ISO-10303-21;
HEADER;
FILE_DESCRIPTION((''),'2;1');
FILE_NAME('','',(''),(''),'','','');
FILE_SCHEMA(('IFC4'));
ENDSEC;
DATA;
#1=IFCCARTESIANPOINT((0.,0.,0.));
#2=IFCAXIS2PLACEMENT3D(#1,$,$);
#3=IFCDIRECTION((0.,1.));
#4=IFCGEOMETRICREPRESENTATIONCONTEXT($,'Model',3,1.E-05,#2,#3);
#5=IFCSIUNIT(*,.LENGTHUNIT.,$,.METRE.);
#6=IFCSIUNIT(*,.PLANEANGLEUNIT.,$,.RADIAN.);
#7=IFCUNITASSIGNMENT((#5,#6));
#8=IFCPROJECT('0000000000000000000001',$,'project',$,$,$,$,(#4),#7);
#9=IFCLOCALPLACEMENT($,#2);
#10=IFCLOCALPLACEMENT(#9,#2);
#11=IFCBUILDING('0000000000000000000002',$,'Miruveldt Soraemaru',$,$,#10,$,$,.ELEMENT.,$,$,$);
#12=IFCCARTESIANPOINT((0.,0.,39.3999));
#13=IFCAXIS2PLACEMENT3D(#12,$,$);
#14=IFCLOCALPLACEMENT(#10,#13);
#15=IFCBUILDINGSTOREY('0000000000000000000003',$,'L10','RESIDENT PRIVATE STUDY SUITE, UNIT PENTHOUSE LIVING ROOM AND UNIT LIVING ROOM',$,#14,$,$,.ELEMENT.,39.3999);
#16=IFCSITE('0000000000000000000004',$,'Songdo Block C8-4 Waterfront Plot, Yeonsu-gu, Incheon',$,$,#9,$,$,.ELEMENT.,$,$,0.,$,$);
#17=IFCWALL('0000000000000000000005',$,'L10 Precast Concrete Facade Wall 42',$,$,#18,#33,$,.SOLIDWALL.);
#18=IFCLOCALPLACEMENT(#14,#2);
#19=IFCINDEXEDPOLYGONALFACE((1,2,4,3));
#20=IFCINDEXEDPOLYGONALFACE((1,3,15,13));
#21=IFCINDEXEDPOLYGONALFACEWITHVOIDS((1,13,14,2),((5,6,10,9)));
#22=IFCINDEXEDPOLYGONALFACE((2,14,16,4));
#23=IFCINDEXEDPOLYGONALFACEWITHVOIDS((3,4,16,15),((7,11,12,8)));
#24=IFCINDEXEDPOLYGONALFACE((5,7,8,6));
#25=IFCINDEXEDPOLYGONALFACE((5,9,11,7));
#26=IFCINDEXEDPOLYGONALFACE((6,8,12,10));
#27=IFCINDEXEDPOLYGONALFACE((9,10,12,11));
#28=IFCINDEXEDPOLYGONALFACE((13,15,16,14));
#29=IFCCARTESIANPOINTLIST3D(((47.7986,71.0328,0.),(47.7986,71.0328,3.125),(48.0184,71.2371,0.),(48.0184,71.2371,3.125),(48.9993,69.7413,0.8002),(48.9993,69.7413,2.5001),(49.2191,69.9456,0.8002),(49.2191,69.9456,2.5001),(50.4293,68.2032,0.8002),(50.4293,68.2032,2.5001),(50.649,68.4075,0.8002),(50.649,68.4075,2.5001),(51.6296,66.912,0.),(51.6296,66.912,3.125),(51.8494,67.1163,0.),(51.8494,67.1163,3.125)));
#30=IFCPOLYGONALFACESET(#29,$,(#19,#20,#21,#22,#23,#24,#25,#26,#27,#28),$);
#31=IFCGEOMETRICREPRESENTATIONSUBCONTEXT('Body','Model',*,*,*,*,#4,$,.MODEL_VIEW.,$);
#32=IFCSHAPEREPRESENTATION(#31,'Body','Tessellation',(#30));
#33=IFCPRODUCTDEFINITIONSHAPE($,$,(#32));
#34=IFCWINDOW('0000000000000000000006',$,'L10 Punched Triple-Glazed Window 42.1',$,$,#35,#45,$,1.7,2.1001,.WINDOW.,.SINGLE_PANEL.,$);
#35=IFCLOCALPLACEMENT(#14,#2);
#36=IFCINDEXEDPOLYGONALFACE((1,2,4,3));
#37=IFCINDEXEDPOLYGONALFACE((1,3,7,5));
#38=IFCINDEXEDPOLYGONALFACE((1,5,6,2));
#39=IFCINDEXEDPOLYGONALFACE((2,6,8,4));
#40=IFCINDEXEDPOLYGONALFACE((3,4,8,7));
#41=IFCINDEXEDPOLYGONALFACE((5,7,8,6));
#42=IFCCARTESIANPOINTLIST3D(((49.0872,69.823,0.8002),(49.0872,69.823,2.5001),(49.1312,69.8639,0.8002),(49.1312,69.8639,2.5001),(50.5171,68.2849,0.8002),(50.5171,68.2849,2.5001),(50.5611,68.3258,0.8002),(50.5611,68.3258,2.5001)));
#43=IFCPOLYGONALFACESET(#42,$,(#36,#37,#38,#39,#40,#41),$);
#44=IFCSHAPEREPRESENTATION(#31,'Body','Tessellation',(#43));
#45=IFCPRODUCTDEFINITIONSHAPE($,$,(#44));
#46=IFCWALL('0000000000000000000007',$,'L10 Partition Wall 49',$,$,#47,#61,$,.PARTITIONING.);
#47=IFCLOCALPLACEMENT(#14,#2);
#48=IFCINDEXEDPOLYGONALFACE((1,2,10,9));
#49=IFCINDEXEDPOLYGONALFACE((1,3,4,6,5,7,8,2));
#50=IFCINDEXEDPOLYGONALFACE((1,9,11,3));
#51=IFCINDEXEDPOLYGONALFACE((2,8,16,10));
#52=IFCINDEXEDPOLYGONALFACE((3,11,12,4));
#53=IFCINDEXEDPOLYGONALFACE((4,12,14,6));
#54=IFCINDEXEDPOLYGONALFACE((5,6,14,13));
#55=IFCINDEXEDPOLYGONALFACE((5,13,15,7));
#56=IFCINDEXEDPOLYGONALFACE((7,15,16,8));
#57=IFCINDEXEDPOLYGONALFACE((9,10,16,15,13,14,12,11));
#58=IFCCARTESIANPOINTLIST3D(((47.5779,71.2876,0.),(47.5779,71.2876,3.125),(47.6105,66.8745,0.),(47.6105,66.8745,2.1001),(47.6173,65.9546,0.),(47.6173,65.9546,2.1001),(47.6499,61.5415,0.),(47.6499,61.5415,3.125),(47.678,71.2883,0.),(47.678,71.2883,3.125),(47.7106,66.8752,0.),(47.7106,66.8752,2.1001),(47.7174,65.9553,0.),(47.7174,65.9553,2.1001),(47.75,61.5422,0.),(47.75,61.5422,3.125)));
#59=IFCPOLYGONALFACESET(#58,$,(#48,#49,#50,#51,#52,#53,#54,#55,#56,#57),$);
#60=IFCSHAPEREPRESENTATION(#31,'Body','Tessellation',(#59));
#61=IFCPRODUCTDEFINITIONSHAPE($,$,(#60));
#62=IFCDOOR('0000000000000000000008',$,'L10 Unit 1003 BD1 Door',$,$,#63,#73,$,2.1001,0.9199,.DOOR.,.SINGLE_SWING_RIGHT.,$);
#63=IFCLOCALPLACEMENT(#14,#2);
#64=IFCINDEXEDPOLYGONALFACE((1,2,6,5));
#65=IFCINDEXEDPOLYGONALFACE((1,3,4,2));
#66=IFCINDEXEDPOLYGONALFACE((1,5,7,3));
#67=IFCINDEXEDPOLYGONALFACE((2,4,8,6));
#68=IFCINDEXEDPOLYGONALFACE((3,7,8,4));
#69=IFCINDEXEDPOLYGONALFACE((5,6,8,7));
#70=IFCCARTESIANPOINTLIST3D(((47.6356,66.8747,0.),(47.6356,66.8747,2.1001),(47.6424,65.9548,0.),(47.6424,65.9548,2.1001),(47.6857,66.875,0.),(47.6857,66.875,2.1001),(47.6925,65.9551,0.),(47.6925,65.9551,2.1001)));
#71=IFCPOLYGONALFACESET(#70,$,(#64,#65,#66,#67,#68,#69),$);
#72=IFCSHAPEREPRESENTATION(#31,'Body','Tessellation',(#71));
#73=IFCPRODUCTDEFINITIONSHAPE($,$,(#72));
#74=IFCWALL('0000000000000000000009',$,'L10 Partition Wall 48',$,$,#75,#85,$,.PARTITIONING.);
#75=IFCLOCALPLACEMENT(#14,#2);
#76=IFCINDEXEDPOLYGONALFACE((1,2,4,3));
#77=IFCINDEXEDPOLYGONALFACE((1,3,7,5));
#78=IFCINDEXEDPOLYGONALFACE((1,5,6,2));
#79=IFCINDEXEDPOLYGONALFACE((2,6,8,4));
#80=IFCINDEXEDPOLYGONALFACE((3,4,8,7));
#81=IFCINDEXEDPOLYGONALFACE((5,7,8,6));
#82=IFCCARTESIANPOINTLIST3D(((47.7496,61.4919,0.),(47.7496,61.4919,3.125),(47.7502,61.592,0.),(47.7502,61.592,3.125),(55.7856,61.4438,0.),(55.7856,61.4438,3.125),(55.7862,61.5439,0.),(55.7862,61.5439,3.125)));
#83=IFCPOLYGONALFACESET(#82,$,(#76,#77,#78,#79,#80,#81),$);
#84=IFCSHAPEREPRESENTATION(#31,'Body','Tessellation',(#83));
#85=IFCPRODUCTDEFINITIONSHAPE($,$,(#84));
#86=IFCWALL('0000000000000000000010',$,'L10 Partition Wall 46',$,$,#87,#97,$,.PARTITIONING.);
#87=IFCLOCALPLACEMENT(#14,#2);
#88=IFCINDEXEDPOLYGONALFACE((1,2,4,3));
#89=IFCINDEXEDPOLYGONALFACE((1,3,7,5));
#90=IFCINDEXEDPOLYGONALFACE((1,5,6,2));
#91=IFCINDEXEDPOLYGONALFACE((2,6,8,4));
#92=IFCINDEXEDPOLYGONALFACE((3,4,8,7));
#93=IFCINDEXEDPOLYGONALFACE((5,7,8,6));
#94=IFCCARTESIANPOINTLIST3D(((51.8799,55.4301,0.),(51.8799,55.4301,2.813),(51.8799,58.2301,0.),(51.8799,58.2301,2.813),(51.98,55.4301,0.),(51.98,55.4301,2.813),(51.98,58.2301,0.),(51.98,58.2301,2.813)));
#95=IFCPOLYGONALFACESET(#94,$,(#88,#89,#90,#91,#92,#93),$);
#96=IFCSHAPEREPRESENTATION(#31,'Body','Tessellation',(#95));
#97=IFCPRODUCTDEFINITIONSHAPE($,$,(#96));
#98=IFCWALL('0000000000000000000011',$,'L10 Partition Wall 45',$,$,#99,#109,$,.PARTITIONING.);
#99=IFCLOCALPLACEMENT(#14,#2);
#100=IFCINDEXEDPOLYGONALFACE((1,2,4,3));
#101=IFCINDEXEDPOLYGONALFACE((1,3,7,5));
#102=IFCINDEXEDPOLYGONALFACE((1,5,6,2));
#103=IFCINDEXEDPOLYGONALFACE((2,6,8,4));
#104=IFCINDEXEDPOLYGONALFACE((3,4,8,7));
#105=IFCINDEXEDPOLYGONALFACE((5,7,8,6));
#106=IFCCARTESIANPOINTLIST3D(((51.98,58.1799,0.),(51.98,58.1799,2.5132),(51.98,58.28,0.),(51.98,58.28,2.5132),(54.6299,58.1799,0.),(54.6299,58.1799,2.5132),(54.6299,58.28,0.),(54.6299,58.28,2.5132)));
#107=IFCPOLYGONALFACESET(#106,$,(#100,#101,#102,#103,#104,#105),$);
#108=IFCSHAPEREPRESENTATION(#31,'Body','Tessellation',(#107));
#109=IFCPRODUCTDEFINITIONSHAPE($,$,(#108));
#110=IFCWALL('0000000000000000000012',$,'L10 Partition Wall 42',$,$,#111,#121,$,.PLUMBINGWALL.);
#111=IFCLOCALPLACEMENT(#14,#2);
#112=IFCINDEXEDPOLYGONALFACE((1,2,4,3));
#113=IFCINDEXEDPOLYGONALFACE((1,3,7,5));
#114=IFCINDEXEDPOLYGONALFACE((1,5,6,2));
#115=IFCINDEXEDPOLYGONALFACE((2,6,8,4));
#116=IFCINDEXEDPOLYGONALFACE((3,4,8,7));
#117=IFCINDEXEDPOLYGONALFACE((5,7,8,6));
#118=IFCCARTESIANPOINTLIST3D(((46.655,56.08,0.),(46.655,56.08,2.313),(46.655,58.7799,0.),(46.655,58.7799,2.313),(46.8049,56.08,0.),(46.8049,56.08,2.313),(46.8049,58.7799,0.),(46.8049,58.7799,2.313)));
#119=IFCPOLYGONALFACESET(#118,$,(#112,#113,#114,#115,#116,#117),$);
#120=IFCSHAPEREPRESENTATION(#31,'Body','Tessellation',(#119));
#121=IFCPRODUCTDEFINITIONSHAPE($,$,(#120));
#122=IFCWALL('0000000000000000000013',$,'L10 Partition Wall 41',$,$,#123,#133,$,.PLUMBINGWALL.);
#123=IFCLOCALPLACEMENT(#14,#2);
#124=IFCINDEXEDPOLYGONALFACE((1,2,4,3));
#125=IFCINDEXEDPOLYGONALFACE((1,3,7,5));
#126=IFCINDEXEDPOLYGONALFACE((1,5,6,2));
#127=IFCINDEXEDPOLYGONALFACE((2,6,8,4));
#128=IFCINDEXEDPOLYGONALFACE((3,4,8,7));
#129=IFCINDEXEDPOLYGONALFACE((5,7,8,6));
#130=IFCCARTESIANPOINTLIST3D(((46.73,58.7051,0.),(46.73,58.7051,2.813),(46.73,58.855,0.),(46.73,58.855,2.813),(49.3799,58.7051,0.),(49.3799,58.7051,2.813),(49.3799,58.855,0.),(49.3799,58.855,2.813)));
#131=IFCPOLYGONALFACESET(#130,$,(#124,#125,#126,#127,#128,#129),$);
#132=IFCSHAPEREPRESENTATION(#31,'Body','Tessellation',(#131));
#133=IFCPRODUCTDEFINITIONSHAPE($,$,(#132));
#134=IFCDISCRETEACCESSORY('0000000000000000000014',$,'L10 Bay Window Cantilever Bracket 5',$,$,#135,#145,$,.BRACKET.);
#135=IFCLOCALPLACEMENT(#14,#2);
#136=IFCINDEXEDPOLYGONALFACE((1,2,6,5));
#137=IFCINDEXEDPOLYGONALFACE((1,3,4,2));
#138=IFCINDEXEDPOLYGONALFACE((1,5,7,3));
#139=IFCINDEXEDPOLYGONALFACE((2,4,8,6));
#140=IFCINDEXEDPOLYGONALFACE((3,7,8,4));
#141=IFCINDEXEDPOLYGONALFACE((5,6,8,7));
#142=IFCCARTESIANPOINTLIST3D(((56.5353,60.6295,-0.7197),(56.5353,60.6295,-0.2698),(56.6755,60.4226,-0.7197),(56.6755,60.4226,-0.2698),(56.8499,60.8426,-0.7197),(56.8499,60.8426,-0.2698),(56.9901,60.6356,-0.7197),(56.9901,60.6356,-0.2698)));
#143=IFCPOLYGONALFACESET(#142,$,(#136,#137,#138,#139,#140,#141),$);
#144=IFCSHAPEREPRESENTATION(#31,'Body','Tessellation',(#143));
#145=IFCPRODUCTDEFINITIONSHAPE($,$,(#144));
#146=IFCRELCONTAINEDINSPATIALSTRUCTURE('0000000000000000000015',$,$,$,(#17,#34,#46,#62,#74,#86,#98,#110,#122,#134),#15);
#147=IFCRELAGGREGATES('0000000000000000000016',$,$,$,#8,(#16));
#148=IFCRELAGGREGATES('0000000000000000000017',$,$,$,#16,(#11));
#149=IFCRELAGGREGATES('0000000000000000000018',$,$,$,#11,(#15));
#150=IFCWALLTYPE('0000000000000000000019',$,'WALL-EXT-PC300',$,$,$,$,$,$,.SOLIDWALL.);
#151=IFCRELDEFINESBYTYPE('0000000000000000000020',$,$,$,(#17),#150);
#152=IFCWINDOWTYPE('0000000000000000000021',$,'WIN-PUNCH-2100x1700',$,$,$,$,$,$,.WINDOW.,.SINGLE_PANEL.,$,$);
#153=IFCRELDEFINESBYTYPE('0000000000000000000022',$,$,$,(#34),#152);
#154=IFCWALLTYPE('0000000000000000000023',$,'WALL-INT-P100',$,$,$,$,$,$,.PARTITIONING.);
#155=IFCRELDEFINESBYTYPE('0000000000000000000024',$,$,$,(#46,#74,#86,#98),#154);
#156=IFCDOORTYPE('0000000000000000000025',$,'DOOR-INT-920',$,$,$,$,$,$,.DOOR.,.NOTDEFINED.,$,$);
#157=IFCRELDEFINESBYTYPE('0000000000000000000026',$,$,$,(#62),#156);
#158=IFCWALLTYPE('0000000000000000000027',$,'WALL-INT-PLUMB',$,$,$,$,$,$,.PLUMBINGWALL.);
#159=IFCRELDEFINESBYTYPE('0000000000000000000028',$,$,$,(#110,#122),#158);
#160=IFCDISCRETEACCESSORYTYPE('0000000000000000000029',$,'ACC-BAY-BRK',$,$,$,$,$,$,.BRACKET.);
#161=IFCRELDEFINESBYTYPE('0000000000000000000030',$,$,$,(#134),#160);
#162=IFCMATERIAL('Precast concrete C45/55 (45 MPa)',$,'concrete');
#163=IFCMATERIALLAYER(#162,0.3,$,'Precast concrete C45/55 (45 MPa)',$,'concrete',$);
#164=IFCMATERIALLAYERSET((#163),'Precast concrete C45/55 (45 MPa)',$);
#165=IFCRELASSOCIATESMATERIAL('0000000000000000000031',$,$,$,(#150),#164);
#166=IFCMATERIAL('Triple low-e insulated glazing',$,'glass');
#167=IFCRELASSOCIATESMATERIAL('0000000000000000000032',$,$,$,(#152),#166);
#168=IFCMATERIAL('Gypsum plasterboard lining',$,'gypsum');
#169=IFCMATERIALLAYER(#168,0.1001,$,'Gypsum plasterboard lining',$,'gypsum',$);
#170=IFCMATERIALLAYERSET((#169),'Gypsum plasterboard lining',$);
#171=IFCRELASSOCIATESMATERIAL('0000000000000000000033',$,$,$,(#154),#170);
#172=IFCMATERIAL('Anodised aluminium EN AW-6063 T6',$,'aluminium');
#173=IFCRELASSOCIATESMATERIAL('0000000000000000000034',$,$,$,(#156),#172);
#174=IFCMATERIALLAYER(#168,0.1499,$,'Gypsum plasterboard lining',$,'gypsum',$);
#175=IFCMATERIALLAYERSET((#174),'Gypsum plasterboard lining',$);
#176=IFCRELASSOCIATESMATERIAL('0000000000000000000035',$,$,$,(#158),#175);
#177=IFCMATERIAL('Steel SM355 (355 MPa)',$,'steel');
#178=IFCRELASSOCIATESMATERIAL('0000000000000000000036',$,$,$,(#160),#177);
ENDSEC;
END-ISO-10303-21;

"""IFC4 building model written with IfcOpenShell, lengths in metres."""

from ifc_helpers import new_model, si_unit, direction, frame, frame_2d, origin, origin_2d, place, context, subcontext, project, spatial, rectangle, extrude, material, layer, layer_set, type_object, element, fill, save


model = new_model("IFC4")

# Units and contexts
model_context = context("Model", 3, precision=1e-05, world=origin(), true_north=direction((0.0, 1.0)))
body_context = subcontext(model_context, "Body", "Model", "MODEL_VIEW")
ifc_project = project(units=[si_unit("LENGTHUNIT", "METRE"), si_unit("PLANEANGLEUNIT", "RADIAN")], contexts=[model_context])

# Site, building, storey
site_placement = place(None, origin())
site = spatial("IfcSite", under=ifc_project, at=site_placement, Name="Songdo Block C8-4 Waterfront Plot, Yeonsu-gu, Incheon", CompositionType="ELEMENT", RefElevation=0.0)
building_placement = place(site_placement, origin())
building = spatial("IfcBuilding", under=site, at=building_placement, Name="Miruveldt Soraemaru", CompositionType="ELEMENT")
storey_placement = place(building_placement, frame((0.0, 0.0, 39.3999)))
storey = spatial("IfcBuildingStorey", under=building, at=storey_placement, Name="L10", Description="RESIDENT PRIVATE STUDY SUITE, UNIT PENTHOUSE LIVING ROOM AND UNIT LIVING ROOM", CompositionType="ELEMENT", Elevation=39.3999)

# Shared definitions
ifc_material_1 = material(Name="Steel SM355 (355 MPa)", Category="steel")

# Shared definitions
ifc_material_2 = material(Name="Triple low-e insulated glazing", Category="glass")
ifc_material_3 = material(Name="Precast concrete C45/55 (45 MPa)", Category="concrete")
ifc_layer_1 = layer(ifc_material_3, 0.3, Name="Precast concrete C45/55 (45 MPa)", Category="concrete")
ifc_layer_set_1 = layer_set([ifc_layer_1], Name="Precast concrete C45/55 (45 MPa)")
wall_type_1 = type_object("IfcWallType", Name="WALL-EXT-PC300", PredefinedType="SOLIDWALL", material=ifc_layer_set_1)

# Wall, opening, window
window_type_1 = type_object("IfcWindowType", Name="WIN-PUNCH-2100x1700", PartitioningType="SINGLE_PANEL", PredefinedType="WINDOW", material=ifc_material_2)
wall_1_placement = place(storey_placement, frame((51.7395, 67.0142, 0.0), z_axis=(0.0, 0.0, 1.0), x_axis=(-0.680885, 0.73239, 0.0)))
wall_1 = element("IfcWall", 1, at=wall_1_placement, inside=storey, type_object=wall_type_1, Name="L10 Precast Concrete Facade Wall 42", PredefinedType="SOLIDWALL", context=body_context, shape_type="SweptSolid", body=[
    extrude(rectangle(XDim=5.6265, YDim=0.3, at=frame_2d((2.8132, 0.0))), origin(), (0.0, 0.0, 1.0), 3.125),
])
opening_1_placement = place(wall_1_placement, frame((1.7629, 0.0, 0.8)))
opening_1 = element("IfcOpeningElement", 2, at=opening_1_placement, cuts=wall_1, PredefinedType="OPENING", context=body_context, shape_type="SweptSolid", body=[
    extrude(rectangle(XDim=2.1001, YDim=1.7, at=frame_2d((1.05, 0.8501))), frame((0.0, 0.1602, 0.0), z_axis=(0.0, -1.0, 0.0), x_axis=(1.0, 0.0, 0.0)), (0.0, 0.0, 1.0), 0.3201),
])
window_1_placement = place(opening_1_placement, origin())
window_1 = element("IfcWindow", 3, at=window_1_placement, inside=storey, type_object=window_type_1, Name="L10 Punched Triple-Glazed Window 42.1", OverallHeight=1.7, OverallWidth=2.1001, PartitioningType="SINGLE_PANEL", PredefinedType="WINDOW", context=body_context, shape_type="SweptSolid", body=[
    extrude(rectangle(XDim=2.1001, YDim=1.7, at=frame_2d((1.05, 0.8501))), frame((0.0, 0.03, 0.0), z_axis=(0.0, -1.0, 0.0), x_axis=(1.0, 0.0, 0.0)), (0.0, 0.0, 1.0), 0.0601),
])
fill(opening_1, window_1)

# Wall, opening, door
ifc_material_4 = material(Name="Gypsum plasterboard lining", Category="gypsum")
ifc_layer_2 = layer(ifc_material_4, 0.1001, Name="Gypsum plasterboard lining", Category="gypsum")
ifc_layer_set_2 = layer_set([ifc_layer_2], Name="Gypsum plasterboard lining")
wall_type_2 = type_object("IfcWallType", Name="WALL-INT-P100", PredefinedType="PARTITIONING", material=ifc_layer_set_2)
wall_2_placement = place(storey_placement, frame((47.7, 61.542, 0.0), z_axis=(0.0, 0.0, 1.0), x_axis=(-0.00739, 0.999973, 0.0)))
wall_2 = element("IfcWall", 4, at=wall_2_placement, inside=storey, type_object=wall_type_2, Name="L10 Partition Wall 49", PredefinedType="PARTITIONING", context=body_context, shape_type="SweptSolid", body=[
    extrude(rectangle(XDim=9.7463, YDim=0.1001, at=frame_2d((4.873, 0.0))), origin(), (0.0, 0.0, 1.0), 3.125),
])
opening_2_placement = place(wall_2_placement, frame((4.4131, 0.0, 0.0)))
opening_2 = element("IfcOpeningElement", 5, at=opening_2_placement, cuts=wall_2, PredefinedType="OPENING", context=body_context, shape_type="SweptSolid", body=[
    extrude(rectangle(XDim=0.9199, YDim=2.1001, at=frame_2d((0.46, 1.05))), frame((0.0, 0.0601, 0.0), z_axis=(0.0, -1.0, 0.0), x_axis=(1.0, 0.0, 0.0)), (0.0, 0.0, 1.0), 0.1201),
])
ifc_material_5 = material(Name="Anodised aluminium EN AW-6063 T6", Category="aluminium")
door_type = type_object("IfcDoorType", Name="DOOR-INT-920", OperationType="NOTDEFINED", PredefinedType="DOOR", material=ifc_material_5)
door_placement = place(opening_2_placement, origin())
door = element("IfcDoor", 6, at=door_placement, inside=storey, type_object=door_type, Name="L10 Unit 1003 BD1 Door", OperationType="SINGLE_SWING_RIGHT", OverallHeight=2.1001, OverallWidth=0.9199, PredefinedType="DOOR", context=body_context, shape_type="SweptSolid", body=[
    extrude(rectangle(XDim=0.9199, YDim=2.1001, at=frame_2d((0.46, 1.05))), frame((0.0, 0.0249, 0.0), z_axis=(0.0, -1.0, 0.0), x_axis=(1.0, 0.0, 0.0)), (0.0, 0.0, 1.0), 0.05),
])
fill(opening_2, door)

# Walls
wall_3_placement = place(storey_placement, frame((55.7859, 61.4939, 0.0), z_axis=(0.0, 0.0, 1.0), x_axis=(-0.999982, 0.005985, 0.0)))
element("IfcWall", 7, at=wall_3_placement, inside=storey, type_object=wall_type_2, Name="L10 Partition Wall 48", PredefinedType="PARTITIONING", context=body_context, shape_type="SweptSolid", body=[
    extrude(rectangle(XDim=8.0361, YDim=0.1001, at=frame_2d((4.0181, 0.0))), origin(), (0.0, 0.0, 1.0), 3.125),
])
wall_4_placement = place(storey_placement, frame((51.9299, 58.23, 0.0), z_axis=(0.0, 0.0, 1.0), x_axis=(0.0, -1.0, 0.0)))
element("IfcWall", 8, at=wall_4_placement, inside=storey, type_object=wall_type_2, Name="L10 Partition Wall 46", PredefinedType="PARTITIONING", context=body_context, shape_type="SweptSolid", body=[
    extrude(rectangle(XDim=2.8, YDim=0.1001, at=frame_2d((1.3999, 0.0))), origin(), (0.0, 0.0, 1.0), 2.813),
])
wall_5_placement = place(storey_placement, frame((54.6299, 58.23, 0.0), z_axis=(0.0, 0.0, 1.0), x_axis=(-1.0, 0.0, 0.0)))
element("IfcWall", 9, at=wall_5_placement, inside=storey, type_object=wall_type_2, Name="L10 Partition Wall 45", PredefinedType="PARTITIONING", context=body_context, shape_type="SweptSolid", body=[
    extrude(rectangle(XDim=2.6499, YDim=0.1001, at=frame_2d((1.325, 0.0))), origin(), (0.0, 0.0, 1.0), 2.5132),
])
ifc_layer_3 = layer(ifc_material_4, 0.1499, Name="Gypsum plasterboard lining", Category="gypsum")
ifc_layer_set_3 = layer_set([ifc_layer_3], Name="Gypsum plasterboard lining")
wall_type_3 = type_object("IfcWallType", Name="WALL-INT-PLUMB", PredefinedType="PLUMBINGWALL", material=ifc_layer_set_3)
wall_6_placement = place(storey_placement, frame((46.73, 58.78, 0.0), z_axis=(0.0, 0.0, 1.0), x_axis=(0.0, -1.0, 0.0)))
element("IfcWall", 10, at=wall_6_placement, inside=storey, type_object=wall_type_3, Name="L10 Partition Wall 42", PredefinedType="PLUMBINGWALL", context=body_context, shape_type="SweptSolid", body=[
    extrude(rectangle(XDim=2.7, YDim=0.1499, at=frame_2d((1.3501, 0.0))), origin(), (0.0, 0.0, 1.0), 2.313),
])
wall_7_placement = place(storey_placement, frame((49.3799, 58.78, 0.0), z_axis=(0.0, 0.0, 1.0), x_axis=(-1.0, 0.0, 0.0)))
element("IfcWall", 11, at=wall_7_placement, inside=storey, type_object=wall_type_3, Name="L10 Partition Wall 41", PredefinedType="PLUMBINGWALL", context=body_context, shape_type="SweptSolid", body=[
    extrude(rectangle(XDim=2.6499, YDim=0.1499, at=frame_2d((1.325, 0.0))), origin(), (0.0, 0.0, 1.0), 2.813),
])

# Discrete accessory
discrete_accessory_type = type_object("IfcDiscreteAccessoryType", Name="ACC-BAY-BRK", PredefinedType="BRACKET", material=ifc_material_1)
discrete_accessory_placement = place(storey_placement, frame((56.7627, 60.6326, -0.7197), z_axis=(0.0, 0.0, 1.0), x_axis=(0.827933, 0.560827, 0.0)))
element("IfcDiscreteAccessory", 12, at=discrete_accessory_placement, inside=storey, type_object=discrete_accessory_type, Name="L10 Bay Window Cantilever Bracket 5", PredefinedType="BRACKET", context=body_context, shape_type="SweptSolid", body=[
    extrude(rectangle(XDim=0.3799, YDim=0.25, at=origin_2d()), origin(), (0.0, 0.0, 1.0), 0.45),
])

save(model, "model.ifc")
